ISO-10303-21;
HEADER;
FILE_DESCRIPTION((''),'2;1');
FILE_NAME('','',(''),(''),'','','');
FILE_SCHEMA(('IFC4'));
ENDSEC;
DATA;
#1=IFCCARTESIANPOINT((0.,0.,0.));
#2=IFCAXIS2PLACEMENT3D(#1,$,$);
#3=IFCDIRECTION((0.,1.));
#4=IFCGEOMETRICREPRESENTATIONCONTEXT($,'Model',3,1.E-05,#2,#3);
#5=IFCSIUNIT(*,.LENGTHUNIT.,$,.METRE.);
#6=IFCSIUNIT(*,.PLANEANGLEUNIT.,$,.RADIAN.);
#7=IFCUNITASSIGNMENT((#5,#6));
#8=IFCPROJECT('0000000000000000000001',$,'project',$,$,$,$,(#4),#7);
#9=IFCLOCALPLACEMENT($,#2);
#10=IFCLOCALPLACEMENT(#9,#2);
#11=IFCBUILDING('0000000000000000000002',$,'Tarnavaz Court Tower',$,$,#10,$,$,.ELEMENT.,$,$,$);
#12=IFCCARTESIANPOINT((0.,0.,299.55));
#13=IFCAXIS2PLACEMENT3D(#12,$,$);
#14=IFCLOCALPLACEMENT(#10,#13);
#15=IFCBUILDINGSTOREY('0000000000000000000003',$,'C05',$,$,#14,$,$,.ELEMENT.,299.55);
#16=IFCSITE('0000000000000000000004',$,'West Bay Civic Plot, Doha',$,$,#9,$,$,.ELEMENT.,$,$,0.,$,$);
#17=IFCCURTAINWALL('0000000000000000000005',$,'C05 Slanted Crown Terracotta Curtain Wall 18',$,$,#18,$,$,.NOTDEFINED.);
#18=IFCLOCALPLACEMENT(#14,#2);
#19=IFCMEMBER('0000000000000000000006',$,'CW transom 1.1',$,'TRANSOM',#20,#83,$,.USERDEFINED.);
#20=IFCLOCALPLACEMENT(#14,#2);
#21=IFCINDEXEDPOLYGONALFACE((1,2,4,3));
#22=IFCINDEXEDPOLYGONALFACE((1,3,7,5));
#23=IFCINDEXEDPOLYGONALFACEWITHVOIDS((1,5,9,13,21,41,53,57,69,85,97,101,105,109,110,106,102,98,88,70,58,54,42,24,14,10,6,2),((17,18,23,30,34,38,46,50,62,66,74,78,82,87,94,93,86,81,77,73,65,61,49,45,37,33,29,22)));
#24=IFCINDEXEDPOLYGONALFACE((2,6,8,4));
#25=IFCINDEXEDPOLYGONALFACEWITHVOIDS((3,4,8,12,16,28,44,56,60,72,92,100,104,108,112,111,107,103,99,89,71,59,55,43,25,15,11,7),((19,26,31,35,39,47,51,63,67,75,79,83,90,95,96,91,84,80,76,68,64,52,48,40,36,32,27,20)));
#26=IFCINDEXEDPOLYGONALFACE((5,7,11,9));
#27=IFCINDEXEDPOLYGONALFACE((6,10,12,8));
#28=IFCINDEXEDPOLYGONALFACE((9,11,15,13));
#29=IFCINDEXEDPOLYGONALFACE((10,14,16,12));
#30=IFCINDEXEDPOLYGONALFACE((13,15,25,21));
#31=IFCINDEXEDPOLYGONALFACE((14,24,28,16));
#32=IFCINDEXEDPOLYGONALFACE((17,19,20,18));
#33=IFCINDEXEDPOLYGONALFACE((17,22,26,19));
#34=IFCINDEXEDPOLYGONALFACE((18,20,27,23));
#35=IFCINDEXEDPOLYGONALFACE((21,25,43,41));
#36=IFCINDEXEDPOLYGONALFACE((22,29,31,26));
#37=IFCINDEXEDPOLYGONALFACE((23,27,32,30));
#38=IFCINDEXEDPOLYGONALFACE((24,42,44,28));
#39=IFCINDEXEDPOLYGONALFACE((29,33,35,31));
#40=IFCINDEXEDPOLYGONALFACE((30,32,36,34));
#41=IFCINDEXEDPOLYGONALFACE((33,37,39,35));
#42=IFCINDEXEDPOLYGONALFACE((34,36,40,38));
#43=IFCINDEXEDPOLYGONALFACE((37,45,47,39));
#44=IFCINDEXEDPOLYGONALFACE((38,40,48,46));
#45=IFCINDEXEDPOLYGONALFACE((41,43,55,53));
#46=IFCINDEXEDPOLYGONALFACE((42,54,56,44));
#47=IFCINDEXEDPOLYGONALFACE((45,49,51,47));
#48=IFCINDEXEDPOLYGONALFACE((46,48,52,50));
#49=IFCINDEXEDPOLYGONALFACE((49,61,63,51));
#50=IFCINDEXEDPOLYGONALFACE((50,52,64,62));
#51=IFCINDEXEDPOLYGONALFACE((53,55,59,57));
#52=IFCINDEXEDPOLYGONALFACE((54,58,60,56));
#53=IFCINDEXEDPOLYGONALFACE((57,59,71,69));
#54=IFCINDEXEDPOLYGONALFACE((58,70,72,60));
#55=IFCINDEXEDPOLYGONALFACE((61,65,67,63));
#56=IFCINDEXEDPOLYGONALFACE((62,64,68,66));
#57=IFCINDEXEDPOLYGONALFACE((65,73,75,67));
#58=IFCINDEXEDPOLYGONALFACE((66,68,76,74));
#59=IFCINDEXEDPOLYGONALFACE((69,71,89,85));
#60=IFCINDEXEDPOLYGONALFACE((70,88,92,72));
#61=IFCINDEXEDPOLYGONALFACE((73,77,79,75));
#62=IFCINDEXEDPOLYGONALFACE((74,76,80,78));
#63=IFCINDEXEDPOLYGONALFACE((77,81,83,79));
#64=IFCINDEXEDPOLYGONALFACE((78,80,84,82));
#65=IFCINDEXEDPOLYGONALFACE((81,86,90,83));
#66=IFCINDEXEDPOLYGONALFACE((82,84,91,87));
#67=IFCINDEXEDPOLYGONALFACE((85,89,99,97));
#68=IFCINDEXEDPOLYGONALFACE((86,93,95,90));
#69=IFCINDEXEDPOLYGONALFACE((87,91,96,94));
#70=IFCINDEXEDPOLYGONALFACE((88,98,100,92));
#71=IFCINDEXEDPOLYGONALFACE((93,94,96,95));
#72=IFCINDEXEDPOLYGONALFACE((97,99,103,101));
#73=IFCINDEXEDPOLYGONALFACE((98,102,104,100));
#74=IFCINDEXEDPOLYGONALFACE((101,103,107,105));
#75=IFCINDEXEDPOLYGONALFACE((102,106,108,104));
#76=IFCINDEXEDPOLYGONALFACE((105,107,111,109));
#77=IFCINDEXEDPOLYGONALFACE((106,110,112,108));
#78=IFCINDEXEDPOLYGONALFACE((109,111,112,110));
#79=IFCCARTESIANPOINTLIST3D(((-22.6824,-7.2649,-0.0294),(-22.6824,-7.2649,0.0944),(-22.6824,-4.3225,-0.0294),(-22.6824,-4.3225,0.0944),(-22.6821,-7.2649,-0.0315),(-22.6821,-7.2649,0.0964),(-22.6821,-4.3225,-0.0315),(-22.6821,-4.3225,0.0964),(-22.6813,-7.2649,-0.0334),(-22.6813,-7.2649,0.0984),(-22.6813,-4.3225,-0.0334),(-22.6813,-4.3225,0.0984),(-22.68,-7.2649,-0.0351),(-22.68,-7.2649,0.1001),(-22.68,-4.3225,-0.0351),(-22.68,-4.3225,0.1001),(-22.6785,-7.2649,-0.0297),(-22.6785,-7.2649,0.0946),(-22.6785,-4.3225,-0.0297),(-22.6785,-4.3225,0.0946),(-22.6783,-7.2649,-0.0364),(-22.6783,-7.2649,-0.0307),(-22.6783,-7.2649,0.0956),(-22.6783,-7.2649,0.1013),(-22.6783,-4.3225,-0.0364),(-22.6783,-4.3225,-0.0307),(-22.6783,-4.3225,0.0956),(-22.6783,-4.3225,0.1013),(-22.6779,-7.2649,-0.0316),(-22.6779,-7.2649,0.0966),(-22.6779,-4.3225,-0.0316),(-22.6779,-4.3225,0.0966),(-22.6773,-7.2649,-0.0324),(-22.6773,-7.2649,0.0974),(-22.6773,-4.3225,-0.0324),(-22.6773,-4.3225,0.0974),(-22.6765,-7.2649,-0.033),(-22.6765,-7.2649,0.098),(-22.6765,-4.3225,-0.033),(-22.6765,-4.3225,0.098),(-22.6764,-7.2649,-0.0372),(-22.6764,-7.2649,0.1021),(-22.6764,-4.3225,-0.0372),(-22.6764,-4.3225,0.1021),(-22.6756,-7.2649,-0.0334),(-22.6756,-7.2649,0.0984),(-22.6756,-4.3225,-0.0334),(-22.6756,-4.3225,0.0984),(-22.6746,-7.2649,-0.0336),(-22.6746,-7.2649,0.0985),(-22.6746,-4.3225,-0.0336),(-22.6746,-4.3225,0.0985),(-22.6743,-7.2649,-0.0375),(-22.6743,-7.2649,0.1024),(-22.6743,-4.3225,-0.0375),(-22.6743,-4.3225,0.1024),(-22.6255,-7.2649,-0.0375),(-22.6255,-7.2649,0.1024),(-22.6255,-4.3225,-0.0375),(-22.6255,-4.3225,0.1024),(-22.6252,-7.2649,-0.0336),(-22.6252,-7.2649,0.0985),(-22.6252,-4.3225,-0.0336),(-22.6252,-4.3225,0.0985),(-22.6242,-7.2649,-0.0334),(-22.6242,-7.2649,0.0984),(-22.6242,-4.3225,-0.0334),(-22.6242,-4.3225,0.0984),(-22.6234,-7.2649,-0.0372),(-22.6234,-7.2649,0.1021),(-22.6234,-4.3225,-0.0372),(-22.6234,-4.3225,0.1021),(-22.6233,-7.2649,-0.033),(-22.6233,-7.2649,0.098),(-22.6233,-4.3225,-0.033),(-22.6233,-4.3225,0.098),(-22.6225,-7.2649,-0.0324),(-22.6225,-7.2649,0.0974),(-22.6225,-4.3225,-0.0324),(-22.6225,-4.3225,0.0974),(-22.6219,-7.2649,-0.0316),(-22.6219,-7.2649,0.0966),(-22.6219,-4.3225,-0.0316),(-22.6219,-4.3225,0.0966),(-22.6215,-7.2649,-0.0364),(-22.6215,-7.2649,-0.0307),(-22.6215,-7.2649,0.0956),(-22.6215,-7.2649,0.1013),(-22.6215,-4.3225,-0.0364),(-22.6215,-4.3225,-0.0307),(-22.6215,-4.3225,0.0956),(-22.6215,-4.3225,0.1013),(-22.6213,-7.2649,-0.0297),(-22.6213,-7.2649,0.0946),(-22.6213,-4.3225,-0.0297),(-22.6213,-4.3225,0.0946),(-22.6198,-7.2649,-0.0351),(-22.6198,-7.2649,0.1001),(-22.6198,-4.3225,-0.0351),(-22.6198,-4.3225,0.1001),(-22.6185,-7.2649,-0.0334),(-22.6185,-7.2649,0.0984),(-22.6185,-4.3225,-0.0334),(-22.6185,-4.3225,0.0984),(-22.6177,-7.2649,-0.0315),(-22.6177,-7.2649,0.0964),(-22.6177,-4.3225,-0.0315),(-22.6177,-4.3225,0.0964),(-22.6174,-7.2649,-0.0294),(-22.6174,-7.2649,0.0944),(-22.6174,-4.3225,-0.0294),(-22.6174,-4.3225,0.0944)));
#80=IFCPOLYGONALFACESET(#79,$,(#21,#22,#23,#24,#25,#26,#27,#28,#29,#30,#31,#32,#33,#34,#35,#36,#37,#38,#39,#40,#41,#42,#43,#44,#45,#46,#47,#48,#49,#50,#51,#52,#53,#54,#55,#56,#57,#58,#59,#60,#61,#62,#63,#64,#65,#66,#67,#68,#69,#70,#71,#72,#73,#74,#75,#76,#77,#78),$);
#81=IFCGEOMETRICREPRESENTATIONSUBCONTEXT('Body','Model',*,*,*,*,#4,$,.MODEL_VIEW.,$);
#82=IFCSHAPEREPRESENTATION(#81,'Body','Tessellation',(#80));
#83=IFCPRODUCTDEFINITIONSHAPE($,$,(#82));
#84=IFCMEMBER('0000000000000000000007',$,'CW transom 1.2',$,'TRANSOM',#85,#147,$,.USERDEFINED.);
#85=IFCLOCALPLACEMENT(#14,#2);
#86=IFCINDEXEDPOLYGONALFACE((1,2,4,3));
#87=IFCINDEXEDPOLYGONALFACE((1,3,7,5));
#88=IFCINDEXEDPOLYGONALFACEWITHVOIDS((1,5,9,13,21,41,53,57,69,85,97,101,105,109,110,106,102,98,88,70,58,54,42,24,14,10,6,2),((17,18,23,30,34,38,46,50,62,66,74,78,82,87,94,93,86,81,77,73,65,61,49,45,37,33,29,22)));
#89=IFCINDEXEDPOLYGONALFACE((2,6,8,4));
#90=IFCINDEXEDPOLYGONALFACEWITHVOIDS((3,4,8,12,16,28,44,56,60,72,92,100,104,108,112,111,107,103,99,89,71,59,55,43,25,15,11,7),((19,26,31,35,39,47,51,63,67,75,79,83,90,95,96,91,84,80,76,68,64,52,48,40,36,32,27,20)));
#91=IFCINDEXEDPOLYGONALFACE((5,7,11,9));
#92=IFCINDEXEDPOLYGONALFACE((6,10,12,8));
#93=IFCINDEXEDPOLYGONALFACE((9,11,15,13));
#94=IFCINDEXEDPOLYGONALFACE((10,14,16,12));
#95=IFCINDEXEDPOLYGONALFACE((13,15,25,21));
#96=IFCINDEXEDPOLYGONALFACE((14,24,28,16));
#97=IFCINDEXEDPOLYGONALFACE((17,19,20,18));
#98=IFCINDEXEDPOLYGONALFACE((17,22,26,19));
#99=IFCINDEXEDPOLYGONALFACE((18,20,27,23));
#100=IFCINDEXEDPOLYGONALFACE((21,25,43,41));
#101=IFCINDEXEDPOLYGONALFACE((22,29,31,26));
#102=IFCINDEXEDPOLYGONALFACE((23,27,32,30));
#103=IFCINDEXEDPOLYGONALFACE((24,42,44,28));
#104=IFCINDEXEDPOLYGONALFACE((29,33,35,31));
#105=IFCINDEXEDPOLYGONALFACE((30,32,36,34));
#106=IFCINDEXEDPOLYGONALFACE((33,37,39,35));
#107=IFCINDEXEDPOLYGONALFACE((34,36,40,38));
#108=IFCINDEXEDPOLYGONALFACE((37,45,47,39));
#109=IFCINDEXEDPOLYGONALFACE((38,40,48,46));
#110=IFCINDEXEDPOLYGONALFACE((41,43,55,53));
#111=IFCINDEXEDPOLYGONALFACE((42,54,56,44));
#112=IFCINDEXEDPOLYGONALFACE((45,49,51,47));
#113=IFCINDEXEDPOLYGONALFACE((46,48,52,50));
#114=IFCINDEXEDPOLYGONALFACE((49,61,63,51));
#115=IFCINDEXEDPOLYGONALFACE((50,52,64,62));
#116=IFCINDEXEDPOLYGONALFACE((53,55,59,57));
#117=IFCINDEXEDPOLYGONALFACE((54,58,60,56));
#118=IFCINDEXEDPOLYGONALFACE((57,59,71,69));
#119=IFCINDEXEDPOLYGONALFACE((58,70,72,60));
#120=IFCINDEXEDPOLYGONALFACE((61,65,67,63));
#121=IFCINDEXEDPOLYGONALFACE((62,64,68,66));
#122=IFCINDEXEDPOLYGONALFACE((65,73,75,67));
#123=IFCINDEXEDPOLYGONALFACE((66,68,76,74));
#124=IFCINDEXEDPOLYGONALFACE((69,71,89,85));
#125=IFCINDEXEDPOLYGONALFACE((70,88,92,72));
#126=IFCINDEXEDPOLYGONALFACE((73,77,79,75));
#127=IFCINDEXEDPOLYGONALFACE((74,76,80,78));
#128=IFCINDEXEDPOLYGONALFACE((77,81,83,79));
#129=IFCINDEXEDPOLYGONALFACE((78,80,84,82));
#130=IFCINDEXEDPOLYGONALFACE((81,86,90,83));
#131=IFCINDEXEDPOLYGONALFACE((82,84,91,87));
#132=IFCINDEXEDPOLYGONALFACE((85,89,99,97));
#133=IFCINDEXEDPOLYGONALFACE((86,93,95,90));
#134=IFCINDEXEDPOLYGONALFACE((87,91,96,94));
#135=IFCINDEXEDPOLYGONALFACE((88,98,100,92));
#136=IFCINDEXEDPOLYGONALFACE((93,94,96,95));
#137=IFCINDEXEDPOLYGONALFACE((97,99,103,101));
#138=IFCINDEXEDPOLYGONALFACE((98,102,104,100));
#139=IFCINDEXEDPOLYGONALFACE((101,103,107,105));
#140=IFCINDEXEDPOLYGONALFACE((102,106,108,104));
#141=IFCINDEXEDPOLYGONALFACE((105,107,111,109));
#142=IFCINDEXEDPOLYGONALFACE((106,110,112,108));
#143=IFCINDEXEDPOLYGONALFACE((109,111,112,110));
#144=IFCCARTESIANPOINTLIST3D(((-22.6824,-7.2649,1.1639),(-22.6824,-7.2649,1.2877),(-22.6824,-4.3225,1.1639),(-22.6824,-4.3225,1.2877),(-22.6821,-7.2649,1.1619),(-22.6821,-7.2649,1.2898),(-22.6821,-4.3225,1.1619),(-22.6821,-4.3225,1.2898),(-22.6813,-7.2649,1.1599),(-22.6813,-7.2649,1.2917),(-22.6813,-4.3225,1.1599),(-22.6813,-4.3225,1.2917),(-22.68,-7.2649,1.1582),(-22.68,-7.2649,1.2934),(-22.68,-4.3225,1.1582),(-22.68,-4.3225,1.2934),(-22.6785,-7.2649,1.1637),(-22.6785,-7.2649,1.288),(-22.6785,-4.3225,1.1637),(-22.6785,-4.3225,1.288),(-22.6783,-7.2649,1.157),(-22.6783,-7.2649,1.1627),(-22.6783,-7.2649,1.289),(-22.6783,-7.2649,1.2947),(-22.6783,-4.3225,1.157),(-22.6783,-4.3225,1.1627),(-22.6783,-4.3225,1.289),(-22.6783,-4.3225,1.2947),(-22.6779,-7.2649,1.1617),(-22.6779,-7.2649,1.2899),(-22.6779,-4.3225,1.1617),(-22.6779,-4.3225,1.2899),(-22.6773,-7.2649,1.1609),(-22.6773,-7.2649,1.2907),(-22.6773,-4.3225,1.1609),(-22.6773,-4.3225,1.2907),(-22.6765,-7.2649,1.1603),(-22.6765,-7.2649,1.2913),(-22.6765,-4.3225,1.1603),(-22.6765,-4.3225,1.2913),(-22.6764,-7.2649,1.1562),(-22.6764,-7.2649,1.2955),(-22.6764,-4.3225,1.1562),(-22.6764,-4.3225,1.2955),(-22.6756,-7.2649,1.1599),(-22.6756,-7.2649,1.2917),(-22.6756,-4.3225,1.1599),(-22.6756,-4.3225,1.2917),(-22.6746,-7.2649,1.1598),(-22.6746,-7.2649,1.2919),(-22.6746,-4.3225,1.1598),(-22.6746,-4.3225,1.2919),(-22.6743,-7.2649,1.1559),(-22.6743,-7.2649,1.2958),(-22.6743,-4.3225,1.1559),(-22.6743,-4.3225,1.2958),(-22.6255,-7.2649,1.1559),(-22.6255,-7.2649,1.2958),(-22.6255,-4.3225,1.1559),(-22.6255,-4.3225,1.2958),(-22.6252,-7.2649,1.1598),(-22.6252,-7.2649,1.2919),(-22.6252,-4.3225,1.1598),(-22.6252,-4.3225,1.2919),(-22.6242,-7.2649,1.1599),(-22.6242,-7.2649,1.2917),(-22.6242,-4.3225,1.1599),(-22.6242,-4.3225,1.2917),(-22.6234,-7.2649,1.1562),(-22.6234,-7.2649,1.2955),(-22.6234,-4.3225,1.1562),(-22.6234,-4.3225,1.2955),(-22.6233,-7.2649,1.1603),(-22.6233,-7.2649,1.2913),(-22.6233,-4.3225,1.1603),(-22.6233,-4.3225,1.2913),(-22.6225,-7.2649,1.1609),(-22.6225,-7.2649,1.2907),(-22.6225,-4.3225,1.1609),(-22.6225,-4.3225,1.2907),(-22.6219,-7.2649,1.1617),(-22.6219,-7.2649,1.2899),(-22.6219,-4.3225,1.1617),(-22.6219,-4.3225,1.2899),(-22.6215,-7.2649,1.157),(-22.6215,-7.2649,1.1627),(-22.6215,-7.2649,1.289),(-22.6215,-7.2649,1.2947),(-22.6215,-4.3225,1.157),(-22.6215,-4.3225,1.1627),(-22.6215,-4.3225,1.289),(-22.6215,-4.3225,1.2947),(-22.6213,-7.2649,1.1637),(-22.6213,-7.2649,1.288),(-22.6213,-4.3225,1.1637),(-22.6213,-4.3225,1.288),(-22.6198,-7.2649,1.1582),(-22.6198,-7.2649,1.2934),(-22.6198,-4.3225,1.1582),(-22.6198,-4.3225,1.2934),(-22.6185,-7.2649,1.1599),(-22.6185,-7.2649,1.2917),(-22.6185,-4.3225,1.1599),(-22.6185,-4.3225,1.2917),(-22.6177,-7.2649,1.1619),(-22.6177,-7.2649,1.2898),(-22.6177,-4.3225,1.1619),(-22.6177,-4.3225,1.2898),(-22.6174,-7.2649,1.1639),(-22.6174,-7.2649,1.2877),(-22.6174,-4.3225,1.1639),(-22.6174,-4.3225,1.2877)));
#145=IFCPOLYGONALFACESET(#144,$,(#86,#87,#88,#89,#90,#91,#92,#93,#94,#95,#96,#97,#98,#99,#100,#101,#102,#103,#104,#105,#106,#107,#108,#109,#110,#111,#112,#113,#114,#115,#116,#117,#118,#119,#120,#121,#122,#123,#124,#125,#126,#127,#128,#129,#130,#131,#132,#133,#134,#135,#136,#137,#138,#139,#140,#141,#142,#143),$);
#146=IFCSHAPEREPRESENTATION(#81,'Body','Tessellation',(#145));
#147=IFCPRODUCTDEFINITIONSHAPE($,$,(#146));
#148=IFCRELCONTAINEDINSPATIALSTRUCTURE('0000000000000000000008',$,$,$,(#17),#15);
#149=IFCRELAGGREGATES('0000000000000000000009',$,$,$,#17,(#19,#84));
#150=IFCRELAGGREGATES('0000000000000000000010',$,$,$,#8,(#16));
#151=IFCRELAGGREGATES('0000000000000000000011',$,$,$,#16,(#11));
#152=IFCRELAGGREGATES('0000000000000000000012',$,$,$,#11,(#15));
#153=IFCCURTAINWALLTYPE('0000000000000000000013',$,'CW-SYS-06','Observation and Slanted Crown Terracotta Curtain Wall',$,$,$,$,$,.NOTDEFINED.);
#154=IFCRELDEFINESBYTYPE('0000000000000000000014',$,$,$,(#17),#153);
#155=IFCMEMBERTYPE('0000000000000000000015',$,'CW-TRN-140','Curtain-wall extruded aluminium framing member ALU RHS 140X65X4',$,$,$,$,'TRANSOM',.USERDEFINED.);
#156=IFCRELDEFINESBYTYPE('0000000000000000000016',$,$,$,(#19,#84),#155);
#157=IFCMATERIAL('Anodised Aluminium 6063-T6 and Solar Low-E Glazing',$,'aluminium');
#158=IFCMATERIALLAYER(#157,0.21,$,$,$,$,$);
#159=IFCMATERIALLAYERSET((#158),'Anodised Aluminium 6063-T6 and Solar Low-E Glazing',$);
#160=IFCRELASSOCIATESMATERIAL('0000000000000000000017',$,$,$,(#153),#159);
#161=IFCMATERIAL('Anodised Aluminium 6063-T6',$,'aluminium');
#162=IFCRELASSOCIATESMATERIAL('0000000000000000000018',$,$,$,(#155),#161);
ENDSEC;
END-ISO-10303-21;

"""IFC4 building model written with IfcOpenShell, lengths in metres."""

from ifc_helpers import new_model, si_unit, direction, frame, origin, origin_2d, place, context, subcontext, project, spatial, hollow_rectangle, extrude, material, layer, layer_set, material_profile, profile_set, type_object, element, aggregate, save


model = new_model("IFC4")

# Units and contexts
model_context = context("Model", 3, precision=1e-05, world=origin(), true_north=direction((0.0, 1.0)))
body_context = subcontext(model_context, "Body", "Model", "MODEL_VIEW")
ifc_project = project(units=[si_unit("LENGTHUNIT", "METRE"), si_unit("PLANEANGLEUNIT", "RADIAN")], contexts=[model_context])

# Site, building, storey
site_placement = place(None, origin())
site = spatial("IfcSite", under=ifc_project, at=site_placement, Name="West Bay Civic Plot, Doha", CompositionType="ELEMENT", RefElevation=0.0)
building_placement = place(site_placement, origin())
building = spatial("IfcBuilding", under=site, at=building_placement, Name="Tarnavaz Court Tower", CompositionType="ELEMENT")
storey_placement = place(building_placement, frame((0.0, 0.0, 299.55)))
storey = spatial("IfcBuildingStorey", under=building, at=storey_placement, Name="C05", CompositionType="ELEMENT", Elevation=299.55)

# Curtain wall
ifc_material_1 = material(Name="Anodised Aluminium 6063-T6 and Solar Low-E Glazing", Category="aluminium")
ifc_layer_1 = layer(ifc_material_1, 0.21)
ifc_layer_set_1 = layer_set([ifc_layer_1], Name="Anodised Aluminium 6063-T6 and Solar Low-E Glazing")
curtain_wall_type = type_object("IfcCurtainWallType", Name="CW-SYS-06", Description="Observation and Slanted Crown Terracotta Curtain Wall", PredefinedType="NOTDEFINED", material=ifc_layer_set_1)
curtain_wall_1_placement = place(storey_placement, origin())
curtain_wall_1 = element("IfcCurtainWall", 1, at=curtain_wall_1_placement, inside=storey, type_object=curtain_wall_type, Name="C05 Slanted Crown Terracotta Curtain Wall 18", PredefinedType="NOTDEFINED")
ifc_material_2 = material(Name="Anodised Aluminium 6063-T6", Category="aluminium")

# Members
ifc_material_profile_1 = material_profile(ifc_material_2, hollow_rectangle(XDim=0.0649, YDim=0.1399, WallThickness=0.0039, InnerFilletRadius=0.0039, OuterFilletRadius=0.0081, at=origin_2d()), Name="ALU RHS 140X65X4")
ifc_profile_set_1 = profile_set([ifc_material_profile_1], Name="Anodised Aluminium 6063-T6")
member_type_1 = type_object("IfcMemberType", Name="CW-TRN-140", Description="Curtain-wall extruded aluminium framing member ALU RHS 140X65X4", ElementType="TRANSOM", PredefinedType="USERDEFINED", material=ifc_profile_set_1)
member_1_placement = place(storey_placement, frame((-22.6499, -7.2649, 0.0325), z_axis=(0.0, 1.0, 0.0), x_axis=(-1.0, 0.0, 0.0)))
member_1 = element("IfcMember", 2, at=member_1_placement, type_object=member_type_1, Name="CW transom 1.1", ObjectType="TRANSOM", PredefinedType="USERDEFINED", context=body_context, shape_type="SweptSolid", body=[
    extrude(hollow_rectangle(XDim=0.0649, YDim=0.1399, WallThickness=0.0039, InnerFilletRadius=0.0039, OuterFilletRadius=0.0081, at=origin_2d()), origin(), (0.0, 0.0, 1.0), 2.9424),
])
member_2_placement = place(storey_placement, frame((-22.6499, -7.2649, 1.2258), z_axis=(0.0, 1.0, 0.0), x_axis=(-1.0, 0.0, 0.0)))
member_2 = element("IfcMember", 3, at=member_2_placement, type_object=member_type_1, Name="CW transom 1.2", ObjectType="TRANSOM", PredefinedType="USERDEFINED", context=body_context, shape_type="SweptSolid", body=[
    extrude(hollow_rectangle(XDim=0.0649, YDim=0.1399, WallThickness=0.0039, InnerFilletRadius=0.0039, OuterFilletRadius=0.0081, at=origin_2d()), origin(), (0.0, 0.0, 1.0), 2.9424),
])

aggregate(curtain_wall_1, [member_1, member_2])

save(model, "model.ifc")
